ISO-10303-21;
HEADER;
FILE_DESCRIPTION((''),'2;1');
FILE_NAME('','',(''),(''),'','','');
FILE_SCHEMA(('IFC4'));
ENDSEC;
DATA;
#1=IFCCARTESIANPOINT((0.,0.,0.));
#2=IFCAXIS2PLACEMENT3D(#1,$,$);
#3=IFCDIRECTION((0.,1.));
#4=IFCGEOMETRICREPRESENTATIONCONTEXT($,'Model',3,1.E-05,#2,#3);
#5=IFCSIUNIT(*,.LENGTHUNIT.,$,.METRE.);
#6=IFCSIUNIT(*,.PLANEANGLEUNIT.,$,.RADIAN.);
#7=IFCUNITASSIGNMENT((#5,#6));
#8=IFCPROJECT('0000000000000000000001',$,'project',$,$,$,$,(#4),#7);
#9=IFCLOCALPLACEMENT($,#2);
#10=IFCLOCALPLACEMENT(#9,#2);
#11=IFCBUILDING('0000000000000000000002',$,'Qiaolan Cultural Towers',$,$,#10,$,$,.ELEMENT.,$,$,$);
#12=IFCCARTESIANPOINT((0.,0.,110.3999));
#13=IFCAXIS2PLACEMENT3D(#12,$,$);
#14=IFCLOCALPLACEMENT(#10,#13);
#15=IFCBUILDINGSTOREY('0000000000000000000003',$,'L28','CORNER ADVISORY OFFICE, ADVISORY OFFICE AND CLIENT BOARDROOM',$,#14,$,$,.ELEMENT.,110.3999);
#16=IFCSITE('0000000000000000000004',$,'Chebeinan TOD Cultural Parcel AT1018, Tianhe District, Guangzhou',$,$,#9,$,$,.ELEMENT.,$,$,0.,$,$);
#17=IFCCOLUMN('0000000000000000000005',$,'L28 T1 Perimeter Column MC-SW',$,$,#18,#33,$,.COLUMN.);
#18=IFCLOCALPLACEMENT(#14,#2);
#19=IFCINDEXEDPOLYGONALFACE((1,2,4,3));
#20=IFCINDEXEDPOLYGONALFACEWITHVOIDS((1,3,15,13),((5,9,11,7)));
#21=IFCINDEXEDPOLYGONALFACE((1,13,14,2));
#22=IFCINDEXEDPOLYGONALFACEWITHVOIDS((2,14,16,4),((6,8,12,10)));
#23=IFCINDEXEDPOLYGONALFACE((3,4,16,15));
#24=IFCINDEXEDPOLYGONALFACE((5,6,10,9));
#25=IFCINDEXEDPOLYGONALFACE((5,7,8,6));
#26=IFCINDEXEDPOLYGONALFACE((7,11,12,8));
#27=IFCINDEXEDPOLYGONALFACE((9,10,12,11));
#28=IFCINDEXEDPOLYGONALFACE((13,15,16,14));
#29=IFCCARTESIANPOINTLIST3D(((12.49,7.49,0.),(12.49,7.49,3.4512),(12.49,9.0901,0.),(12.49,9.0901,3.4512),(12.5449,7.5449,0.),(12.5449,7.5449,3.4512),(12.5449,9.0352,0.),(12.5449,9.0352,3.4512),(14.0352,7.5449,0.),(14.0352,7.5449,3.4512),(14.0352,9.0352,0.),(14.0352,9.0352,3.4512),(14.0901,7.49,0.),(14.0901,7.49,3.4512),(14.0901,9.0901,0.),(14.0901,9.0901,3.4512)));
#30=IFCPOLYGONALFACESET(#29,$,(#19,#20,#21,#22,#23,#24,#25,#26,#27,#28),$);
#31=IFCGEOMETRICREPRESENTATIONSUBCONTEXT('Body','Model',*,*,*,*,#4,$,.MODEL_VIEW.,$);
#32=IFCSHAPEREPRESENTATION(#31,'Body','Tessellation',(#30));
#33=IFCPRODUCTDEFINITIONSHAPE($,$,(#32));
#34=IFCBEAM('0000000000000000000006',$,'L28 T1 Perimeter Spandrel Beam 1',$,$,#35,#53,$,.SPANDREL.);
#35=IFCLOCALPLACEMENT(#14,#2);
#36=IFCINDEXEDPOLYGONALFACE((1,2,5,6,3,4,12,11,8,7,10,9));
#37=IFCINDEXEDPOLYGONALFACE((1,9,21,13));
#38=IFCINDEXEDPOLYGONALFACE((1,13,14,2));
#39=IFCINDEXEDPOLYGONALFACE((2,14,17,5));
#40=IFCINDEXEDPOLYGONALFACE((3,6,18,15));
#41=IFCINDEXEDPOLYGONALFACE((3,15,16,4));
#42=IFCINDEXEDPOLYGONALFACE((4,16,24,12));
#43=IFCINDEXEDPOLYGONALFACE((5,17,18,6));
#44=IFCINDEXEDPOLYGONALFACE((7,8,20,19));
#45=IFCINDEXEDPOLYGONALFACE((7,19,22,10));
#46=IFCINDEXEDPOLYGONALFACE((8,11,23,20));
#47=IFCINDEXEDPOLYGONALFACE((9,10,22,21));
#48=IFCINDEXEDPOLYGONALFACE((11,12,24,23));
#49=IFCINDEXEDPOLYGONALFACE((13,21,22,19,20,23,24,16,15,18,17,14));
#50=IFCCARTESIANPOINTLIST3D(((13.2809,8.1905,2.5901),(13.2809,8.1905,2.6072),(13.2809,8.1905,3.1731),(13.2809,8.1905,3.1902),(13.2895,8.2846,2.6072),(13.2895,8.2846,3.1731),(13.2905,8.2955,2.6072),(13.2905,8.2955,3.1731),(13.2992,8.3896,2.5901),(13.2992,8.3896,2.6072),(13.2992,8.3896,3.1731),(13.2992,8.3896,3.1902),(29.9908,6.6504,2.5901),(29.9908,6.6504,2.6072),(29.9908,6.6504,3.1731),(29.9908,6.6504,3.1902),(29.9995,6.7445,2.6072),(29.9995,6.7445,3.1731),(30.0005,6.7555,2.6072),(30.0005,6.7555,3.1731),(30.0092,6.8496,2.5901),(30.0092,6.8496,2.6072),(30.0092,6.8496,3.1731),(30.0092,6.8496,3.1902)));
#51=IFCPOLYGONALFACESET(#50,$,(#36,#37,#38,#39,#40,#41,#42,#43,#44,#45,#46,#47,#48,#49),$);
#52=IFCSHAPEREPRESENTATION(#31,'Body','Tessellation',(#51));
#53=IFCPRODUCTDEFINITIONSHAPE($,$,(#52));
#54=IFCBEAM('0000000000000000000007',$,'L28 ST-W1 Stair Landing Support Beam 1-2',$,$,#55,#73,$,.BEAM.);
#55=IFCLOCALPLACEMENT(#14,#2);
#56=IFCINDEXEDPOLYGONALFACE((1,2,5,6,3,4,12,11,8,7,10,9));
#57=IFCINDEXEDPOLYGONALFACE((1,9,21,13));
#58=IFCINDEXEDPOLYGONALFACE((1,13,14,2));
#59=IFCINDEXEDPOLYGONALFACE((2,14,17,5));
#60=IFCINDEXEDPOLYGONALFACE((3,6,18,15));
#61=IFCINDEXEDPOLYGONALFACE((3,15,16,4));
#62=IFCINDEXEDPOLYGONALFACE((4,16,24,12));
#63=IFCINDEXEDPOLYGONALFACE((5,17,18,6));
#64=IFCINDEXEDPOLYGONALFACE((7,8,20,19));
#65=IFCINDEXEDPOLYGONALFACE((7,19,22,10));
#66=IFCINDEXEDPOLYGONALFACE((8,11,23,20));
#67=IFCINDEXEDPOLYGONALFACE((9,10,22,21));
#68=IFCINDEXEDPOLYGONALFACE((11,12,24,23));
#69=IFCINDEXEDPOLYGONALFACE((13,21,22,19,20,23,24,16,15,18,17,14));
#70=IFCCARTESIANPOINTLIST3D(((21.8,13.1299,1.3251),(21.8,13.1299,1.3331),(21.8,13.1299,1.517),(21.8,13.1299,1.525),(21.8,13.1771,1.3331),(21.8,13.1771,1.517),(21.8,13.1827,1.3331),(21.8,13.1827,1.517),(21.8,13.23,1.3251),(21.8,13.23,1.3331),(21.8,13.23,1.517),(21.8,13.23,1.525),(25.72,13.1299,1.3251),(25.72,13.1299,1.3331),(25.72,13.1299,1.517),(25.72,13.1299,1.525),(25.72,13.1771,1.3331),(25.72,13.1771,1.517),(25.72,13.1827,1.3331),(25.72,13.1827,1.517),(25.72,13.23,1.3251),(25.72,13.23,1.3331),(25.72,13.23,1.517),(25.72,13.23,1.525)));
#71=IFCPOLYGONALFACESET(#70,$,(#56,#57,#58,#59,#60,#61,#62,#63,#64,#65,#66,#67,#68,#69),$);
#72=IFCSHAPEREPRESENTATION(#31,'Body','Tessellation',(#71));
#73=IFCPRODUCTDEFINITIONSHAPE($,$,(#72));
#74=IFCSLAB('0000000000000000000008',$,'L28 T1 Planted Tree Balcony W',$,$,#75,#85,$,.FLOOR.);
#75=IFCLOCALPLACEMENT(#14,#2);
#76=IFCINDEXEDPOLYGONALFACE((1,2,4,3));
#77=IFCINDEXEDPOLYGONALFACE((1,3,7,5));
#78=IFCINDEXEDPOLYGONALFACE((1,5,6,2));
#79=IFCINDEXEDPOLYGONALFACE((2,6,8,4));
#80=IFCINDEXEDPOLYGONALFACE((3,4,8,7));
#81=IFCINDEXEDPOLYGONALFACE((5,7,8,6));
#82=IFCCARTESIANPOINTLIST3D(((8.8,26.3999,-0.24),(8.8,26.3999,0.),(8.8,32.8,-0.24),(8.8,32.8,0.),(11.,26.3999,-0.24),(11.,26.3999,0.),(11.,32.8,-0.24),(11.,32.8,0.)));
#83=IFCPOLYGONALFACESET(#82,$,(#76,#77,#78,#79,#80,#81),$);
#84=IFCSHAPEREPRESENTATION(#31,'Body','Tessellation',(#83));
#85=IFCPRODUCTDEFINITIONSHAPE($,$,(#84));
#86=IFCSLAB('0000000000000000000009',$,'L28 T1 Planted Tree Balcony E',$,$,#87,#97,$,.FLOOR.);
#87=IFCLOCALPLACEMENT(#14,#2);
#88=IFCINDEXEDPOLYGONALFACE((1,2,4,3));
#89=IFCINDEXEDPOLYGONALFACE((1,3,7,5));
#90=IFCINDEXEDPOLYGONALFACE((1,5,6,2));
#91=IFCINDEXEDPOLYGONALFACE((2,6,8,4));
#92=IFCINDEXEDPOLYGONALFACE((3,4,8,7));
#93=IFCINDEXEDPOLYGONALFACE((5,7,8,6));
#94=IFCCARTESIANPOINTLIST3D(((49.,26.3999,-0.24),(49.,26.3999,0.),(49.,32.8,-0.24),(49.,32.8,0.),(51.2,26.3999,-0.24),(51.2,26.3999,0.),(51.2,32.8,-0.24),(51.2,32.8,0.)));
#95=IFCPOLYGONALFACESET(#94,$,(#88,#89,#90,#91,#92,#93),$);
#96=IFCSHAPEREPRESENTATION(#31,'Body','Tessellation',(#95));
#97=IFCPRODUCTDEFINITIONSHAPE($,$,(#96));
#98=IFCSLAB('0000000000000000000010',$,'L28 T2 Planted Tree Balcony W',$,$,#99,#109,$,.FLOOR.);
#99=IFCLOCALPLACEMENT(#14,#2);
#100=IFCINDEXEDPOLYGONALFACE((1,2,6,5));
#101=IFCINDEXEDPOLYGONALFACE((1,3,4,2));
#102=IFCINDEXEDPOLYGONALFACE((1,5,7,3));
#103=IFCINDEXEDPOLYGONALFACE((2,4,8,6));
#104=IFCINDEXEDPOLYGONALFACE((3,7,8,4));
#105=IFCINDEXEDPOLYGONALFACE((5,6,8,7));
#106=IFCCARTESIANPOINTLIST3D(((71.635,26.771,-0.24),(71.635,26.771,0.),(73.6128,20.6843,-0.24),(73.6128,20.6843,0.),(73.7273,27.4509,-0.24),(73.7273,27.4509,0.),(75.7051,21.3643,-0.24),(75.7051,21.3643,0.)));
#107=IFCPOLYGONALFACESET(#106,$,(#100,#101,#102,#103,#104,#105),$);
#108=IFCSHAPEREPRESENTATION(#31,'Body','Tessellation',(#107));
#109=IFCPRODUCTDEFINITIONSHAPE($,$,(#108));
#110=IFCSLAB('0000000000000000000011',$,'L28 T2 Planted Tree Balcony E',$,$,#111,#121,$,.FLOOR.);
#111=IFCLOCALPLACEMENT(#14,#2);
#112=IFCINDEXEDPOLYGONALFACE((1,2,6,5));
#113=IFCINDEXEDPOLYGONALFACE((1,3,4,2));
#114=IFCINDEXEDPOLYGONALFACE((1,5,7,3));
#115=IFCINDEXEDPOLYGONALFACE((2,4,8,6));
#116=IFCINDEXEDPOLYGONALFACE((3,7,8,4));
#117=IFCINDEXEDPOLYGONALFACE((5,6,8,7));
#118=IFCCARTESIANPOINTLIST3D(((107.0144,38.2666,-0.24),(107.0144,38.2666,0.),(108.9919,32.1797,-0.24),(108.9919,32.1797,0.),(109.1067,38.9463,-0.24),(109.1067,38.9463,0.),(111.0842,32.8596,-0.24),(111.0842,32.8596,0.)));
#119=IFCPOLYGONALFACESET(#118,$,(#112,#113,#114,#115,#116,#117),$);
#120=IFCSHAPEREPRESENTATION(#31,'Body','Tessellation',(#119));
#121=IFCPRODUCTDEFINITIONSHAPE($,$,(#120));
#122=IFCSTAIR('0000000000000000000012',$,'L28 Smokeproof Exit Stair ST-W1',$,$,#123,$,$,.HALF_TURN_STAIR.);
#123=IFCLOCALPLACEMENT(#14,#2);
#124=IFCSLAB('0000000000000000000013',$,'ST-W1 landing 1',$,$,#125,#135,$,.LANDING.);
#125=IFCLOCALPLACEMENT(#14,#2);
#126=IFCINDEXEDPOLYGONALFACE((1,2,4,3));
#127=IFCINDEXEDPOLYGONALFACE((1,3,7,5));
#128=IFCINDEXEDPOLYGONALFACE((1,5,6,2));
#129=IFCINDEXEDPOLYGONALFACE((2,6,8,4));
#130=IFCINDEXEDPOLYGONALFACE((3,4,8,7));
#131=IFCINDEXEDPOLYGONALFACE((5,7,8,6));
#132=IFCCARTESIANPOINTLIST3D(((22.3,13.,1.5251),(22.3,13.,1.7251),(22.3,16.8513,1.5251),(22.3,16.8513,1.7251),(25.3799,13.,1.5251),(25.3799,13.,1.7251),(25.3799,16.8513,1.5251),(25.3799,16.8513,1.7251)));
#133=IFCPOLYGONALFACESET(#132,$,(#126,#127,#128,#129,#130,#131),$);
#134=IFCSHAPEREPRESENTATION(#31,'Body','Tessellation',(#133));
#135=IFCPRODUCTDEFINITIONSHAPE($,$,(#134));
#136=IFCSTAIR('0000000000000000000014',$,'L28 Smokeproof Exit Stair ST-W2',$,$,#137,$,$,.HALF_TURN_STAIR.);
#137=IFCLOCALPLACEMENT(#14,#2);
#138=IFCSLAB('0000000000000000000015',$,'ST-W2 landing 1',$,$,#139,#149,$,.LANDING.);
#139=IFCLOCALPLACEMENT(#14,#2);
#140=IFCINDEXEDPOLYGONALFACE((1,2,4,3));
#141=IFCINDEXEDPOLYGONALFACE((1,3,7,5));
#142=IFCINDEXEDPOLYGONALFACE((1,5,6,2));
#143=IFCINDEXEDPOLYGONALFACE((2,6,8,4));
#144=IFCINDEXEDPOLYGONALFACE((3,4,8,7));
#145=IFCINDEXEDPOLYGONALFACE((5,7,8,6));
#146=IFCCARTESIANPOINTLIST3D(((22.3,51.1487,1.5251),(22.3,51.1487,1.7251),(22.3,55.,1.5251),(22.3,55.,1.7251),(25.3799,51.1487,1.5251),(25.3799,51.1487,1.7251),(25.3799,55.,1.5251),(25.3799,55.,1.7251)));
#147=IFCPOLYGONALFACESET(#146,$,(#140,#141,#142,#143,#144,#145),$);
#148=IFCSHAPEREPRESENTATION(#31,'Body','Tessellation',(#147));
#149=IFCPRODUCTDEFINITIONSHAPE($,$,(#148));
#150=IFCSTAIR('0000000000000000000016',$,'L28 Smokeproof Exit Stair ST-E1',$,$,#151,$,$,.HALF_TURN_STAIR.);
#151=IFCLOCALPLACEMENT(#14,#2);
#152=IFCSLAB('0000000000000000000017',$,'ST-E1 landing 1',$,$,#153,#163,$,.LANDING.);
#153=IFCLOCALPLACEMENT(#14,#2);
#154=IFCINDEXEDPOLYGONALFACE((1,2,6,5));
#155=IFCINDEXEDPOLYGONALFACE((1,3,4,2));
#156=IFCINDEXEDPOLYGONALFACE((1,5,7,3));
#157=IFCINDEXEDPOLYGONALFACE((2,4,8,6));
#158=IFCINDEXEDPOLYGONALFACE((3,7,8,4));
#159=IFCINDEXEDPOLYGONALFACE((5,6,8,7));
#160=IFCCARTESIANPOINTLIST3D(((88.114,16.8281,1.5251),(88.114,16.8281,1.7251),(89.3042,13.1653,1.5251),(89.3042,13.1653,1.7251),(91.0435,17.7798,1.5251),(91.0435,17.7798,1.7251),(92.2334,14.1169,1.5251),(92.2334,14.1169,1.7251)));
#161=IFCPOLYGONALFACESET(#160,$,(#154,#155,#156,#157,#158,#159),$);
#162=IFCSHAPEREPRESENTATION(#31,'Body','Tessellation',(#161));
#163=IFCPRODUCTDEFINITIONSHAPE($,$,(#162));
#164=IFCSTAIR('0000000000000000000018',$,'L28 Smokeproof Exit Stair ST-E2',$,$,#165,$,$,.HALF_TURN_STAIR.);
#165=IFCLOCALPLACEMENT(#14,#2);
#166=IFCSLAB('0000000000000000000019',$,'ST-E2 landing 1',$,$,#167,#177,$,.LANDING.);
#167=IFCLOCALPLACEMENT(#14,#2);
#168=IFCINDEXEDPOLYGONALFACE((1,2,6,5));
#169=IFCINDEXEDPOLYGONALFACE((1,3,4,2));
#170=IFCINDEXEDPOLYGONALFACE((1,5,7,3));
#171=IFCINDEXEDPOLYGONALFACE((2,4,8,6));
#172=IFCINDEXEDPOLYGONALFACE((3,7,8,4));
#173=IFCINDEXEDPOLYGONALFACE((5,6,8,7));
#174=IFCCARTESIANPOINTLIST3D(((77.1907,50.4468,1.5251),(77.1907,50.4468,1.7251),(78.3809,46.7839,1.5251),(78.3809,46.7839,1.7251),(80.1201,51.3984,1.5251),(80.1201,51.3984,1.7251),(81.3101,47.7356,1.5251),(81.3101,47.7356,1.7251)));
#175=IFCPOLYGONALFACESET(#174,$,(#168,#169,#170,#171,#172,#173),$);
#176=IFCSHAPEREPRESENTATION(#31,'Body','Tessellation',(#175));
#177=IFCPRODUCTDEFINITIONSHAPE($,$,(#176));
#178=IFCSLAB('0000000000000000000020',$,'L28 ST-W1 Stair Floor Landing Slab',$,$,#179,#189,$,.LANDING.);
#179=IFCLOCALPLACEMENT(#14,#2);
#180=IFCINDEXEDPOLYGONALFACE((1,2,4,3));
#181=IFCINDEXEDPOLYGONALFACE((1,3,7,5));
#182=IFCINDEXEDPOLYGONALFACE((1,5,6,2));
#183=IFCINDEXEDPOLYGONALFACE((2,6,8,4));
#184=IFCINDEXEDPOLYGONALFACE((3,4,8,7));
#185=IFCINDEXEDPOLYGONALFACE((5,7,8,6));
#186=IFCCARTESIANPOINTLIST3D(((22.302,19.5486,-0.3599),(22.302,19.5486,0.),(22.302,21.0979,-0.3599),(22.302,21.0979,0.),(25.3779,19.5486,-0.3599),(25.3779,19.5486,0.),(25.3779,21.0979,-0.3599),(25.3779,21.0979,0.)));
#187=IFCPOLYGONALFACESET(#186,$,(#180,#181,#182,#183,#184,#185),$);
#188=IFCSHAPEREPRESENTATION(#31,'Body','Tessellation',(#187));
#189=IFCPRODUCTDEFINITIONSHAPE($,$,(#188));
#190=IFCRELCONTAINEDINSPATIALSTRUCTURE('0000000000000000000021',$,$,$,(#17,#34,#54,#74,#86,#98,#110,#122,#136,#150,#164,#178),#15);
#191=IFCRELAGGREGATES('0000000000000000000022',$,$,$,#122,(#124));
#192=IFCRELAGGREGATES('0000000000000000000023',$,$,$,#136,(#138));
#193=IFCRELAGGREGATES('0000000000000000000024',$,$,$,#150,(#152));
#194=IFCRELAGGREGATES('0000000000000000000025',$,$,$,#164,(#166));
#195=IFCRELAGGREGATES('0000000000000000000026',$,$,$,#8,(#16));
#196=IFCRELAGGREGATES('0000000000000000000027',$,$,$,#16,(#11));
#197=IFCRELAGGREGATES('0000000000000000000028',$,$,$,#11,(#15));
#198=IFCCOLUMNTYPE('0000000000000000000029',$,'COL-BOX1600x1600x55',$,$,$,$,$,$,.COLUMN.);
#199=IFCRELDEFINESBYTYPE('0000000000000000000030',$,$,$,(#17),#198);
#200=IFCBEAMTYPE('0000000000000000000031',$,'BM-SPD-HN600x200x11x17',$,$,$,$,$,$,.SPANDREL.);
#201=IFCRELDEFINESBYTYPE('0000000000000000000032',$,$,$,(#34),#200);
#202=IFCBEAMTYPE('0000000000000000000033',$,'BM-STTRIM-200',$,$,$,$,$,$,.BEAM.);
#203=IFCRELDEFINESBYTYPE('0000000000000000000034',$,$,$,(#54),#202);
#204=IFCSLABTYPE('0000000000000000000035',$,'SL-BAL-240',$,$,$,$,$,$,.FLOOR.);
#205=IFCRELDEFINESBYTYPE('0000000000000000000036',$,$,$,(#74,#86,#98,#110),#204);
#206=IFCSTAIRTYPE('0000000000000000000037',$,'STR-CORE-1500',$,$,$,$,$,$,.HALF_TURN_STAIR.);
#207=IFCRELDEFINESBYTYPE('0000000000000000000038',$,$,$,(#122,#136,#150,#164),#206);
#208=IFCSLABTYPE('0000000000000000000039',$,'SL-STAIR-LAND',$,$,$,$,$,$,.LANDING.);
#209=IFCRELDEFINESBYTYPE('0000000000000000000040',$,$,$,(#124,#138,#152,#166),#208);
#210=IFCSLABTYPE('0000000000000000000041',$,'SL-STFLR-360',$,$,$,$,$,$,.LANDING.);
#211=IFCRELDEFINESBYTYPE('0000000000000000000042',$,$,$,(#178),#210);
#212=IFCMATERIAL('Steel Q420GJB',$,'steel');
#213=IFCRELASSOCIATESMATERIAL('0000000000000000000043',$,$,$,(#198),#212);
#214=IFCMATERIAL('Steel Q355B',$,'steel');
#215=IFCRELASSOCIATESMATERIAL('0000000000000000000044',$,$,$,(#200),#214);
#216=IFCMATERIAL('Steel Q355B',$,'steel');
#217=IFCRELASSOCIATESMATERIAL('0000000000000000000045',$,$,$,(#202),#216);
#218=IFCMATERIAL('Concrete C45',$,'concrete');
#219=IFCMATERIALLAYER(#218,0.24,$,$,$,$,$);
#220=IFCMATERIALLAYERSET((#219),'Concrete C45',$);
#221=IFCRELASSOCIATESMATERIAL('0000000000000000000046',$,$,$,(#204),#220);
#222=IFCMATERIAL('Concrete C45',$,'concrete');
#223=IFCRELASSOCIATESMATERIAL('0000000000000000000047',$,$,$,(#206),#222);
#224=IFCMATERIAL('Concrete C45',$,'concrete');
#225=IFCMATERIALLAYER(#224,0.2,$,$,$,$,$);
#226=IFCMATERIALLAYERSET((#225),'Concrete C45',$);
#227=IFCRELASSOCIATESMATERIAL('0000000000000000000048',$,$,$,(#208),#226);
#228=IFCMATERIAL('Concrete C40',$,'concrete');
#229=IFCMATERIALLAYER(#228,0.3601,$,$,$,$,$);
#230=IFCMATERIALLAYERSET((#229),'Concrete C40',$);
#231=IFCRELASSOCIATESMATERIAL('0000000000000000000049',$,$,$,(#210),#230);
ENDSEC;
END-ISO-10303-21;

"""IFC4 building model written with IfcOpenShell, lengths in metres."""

from ifc_helpers import new_model, si_unit, direction, frame, origin, origin_2d, place, context, subcontext, project, spatial, polyline, hollow_rectangle, i_section, outline, extrude, material, layer, layer_set, material_profile, profile_set, type_object, element, aggregate, save


model = new_model("IFC4")

# Units and contexts
model_context = context("Model", 3, precision=1e-05, world=origin(), true_north=direction((0.0, 1.0)))
body_context = subcontext(model_context, "Body", "Model", "MODEL_VIEW")
ifc_project = project(units=[si_unit("LENGTHUNIT", "METRE"), si_unit("PLANEANGLEUNIT", "RADIAN")], contexts=[model_context])

# Site, building, storey
site_placement = place(None, origin())
site = spatial("IfcSite", under=ifc_project, at=site_placement, Name="Chebeinan TOD Cultural Parcel AT1018, Tianhe District, Guangzhou", CompositionType="ELEMENT", RefElevation=0.0)
building_placement = place(site_placement, origin())
building = spatial("IfcBuilding", under=site, at=building_placement, Name="Qiaolan Cultural Towers", CompositionType="ELEMENT")
storey_placement = place(building_placement, frame((0.0, 0.0, 110.3999)))
storey = spatial("IfcBuildingStorey", under=building, at=storey_placement, Name="L28", Description="CORNER ADVISORY OFFICE, ADVISORY OFFICE AND CLIENT BOARDROOM", CompositionType="ELEMENT", Elevation=110.3999)

# Column
ifc_material_1 = material(Name="Steel Q420GJB", Category="steel")
ifc_material_profile_1 = material_profile(ifc_material_1, hollow_rectangle(XDim=1.6001, YDim=1.6001, WallThickness=0.0549, at=origin_2d()), Name="BOX1600x1600x55")
ifc_profile_set_1 = profile_set([ifc_material_profile_1], Name="Steel Q420GJB")
column_type = type_object("IfcColumnType", Name="COL-BOX1600x1600x55", PredefinedType="COLUMN", material=ifc_profile_set_1)
column_placement = place(storey_placement, frame((13.29, 8.29, 0.0), z_axis=(0.0, 0.0, 1.0), x_axis=(1.0, 0.0, 0.0)))
element("IfcColumn", 1, at=column_placement, inside=storey, type_object=column_type, Name="L28 T1 Perimeter Column MC-SW", PredefinedType="COLUMN", context=body_context, shape_type="SweptSolid", body=[
    extrude(hollow_rectangle(XDim=1.6001, YDim=1.6001, WallThickness=0.0549, at=origin_2d()), origin(), (0.0, 0.0, 1.0), 3.4512),
])

# Beams
ifc_material_2 = material(Name="Steel Q355B", Category="steel")
ifc_material_profile_2 = material_profile(ifc_material_2, i_section(OverallWidth=0.2, OverallDepth=0.6001, WebThickness=0.011, FlangeThickness=0.0171, at=origin_2d()), Name="HN600x200x11x17")
ifc_profile_set_2 = profile_set([ifc_material_profile_2], Name="Steel Q355B")
beam_type_1 = type_object("IfcBeamType", Name="BM-SPD-HN600x200x11x17", PredefinedType="SPANDREL", material=ifc_profile_set_2)
beam_1_placement = place(storey_placement, frame((13.29, 8.29, 2.8901), z_axis=(0.99578, -0.091774, 0.0), x_axis=(0.091774, 0.99578, 0.0)))
element("IfcBeam", 2, at=beam_1_placement, inside=storey, type_object=beam_type_1, Name="L28 T1 Perimeter Spandrel Beam 1", PredefinedType="SPANDREL", context=body_context, shape_type="SweptSolid", body=[
    extrude(i_section(OverallWidth=0.2, OverallDepth=0.6001, WebThickness=0.011, FlangeThickness=0.0171, at=origin_2d()), origin(), (0.0, 0.0, 1.0), 16.7808),
])
ifc_material_3 = material(Name="Steel Q355B", Category="steel")
ifc_material_profile_3 = material_profile(ifc_material_3, i_section(OverallWidth=0.1001, OverallDepth=0.2, WebThickness=0.0056, FlangeThickness=0.0081, at=origin_2d()), Name="HN200x100x5.5x8")
ifc_profile_set_3 = profile_set([ifc_material_profile_3], Name="Steel Q355B")
beam_type_2 = type_object("IfcBeamType", Name="BM-STTRIM-200", PredefinedType="BEAM", material=ifc_profile_set_3)
beam_2_placement = place(storey_placement, frame((21.8, 13.1799, 1.425), z_axis=(1.0, 0.0, 0.0), x_axis=(0.0, 1.0, 0.0)))
element("IfcBeam", 3, at=beam_2_placement, inside=storey, type_object=beam_type_2, Name="L28 ST-W1 Stair Landing Support Beam 1-2", PredefinedType="BEAM", context=body_context, shape_type="SweptSolid", body=[
    extrude(i_section(OverallWidth=0.1001, OverallDepth=0.2, WebThickness=0.0056, FlangeThickness=0.0081, at=origin_2d()), origin(), (0.0, 0.0, 1.0), 3.9199),
])

# Slabs
ifc_material_4 = material(Name="Concrete C45", Category="concrete")
ifc_layer_1 = layer(ifc_material_4, 0.24)
ifc_layer_set_1 = layer_set([ifc_layer_1], Name="Concrete C45")
slab_type_1 = type_object("IfcSlabType", Name="SL-BAL-240", PredefinedType="FLOOR", material=ifc_layer_set_1)
slab_1_placement = place(storey_placement, frame((0.0, 0.0, -0.24)))
element("IfcSlab", 4, at=slab_1_placement, inside=storey, type_object=slab_type_1, Name="L28 T1 Planted Tree Balcony W", PredefinedType="FLOOR", context=body_context, shape_type="SweptSolid", body=[
    extrude(outline(polyline([(8.8, 26.3999), (11.0, 26.3999), (11.0, 32.8), (8.8, 32.8), (8.8, 26.3999)])), origin(), (0.0, 0.0, 1.0), 0.24),
])
slab_2_placement = place(storey_placement, frame((0.0, 0.0, -0.24)))
element("IfcSlab", 5, at=slab_2_placement, inside=storey, type_object=slab_type_1, Name="L28 T1 Planted Tree Balcony E", PredefinedType="FLOOR", context=body_context, shape_type="SweptSolid", body=[
    extrude(outline(polyline([(49.0, 26.3999), (51.2, 26.3999), (51.2, 32.8), (49.0, 32.8), (49.0, 26.3999)])), origin(), (0.0, 0.0, 1.0), 0.24),
])
slab_3_placement = place(storey_placement, frame((0.0, 0.0, -0.24)))
element("IfcSlab", 6, at=slab_3_placement, inside=storey, type_object=slab_type_1, Name="L28 T2 Planted Tree Balcony W", PredefinedType="FLOOR", context=body_context, shape_type="SweptSolid", body=[
    extrude(outline(polyline([(73.6128, 20.6843), (75.7051, 21.3643), (73.7273, 27.4509), (71.635, 26.771), (73.6128, 20.6843)])), origin(), (0.0, 0.0, 1.0), 0.24),
])
slab_4_placement = place(storey_placement, frame((0.0, 0.0, -0.24)))
element("IfcSlab", 7, at=slab_4_placement, inside=storey, type_object=slab_type_1, Name="L28 T2 Planted Tree Balcony E", PredefinedType="FLOOR", context=body_context, shape_type="SweptSolid", body=[
    extrude(outline(polyline([(108.9919, 32.1797), (111.0842, 32.8596), (109.1067, 38.9463), (107.0144, 38.2666), (108.9919, 32.1797)])), origin(), (0.0, 0.0, 1.0), 0.24),
])

# Stairs, slabs
ifc_material_5 = material(Name="Concrete C45", Category="concrete")
stair_type = type_object("IfcStairType", Name="STR-CORE-1500", PredefinedType="HALF_TURN_STAIR", material=ifc_material_5)
stair_1_placement = place(storey_placement, origin())
stair_1 = element("IfcStair", 8, at=stair_1_placement, inside=storey, type_object=stair_type, Name="L28 Smokeproof Exit Stair ST-W1", PredefinedType="HALF_TURN_STAIR")
ifc_material_6 = material(Name="Concrete C45", Category="concrete")
ifc_layer_2 = layer(ifc_material_6, 0.2)
ifc_layer_set_2 = layer_set([ifc_layer_2], Name="Concrete C45")
slab_type_2 = type_object("IfcSlabType", Name="SL-STAIR-LAND", PredefinedType="LANDING", material=ifc_layer_set_2)
slab_5_placement = place(storey_placement, frame((0.0, 0.0, 1.5251)))
slab_5 = element("IfcSlab", 9, at=slab_5_placement, type_object=slab_type_2, Name="ST-W1 landing 1", PredefinedType="LANDING", context=body_context, shape_type="SweptSolid", body=[
    extrude(outline(polyline([(22.3, 16.8513), (22.3, 13.0), (25.3799, 13.0), (25.3799, 16.8513), (22.3, 16.8513)])), origin(), (0.0, 0.0, 1.0), 0.2),
])
aggregate(stair_1, [slab_5])
stair_2_placement = place(storey_placement, origin())
stair_2 = element("IfcStair", 10, at=stair_2_placement, inside=storey, type_object=stair_type, Name="L28 Smokeproof Exit Stair ST-W2", PredefinedType="HALF_TURN_STAIR")
slab_6_placement = place(storey_placement, frame((0.0, 0.0, 1.5251)))
slab_6 = element("IfcSlab", 11, at=slab_6_placement, type_object=slab_type_2, Name="ST-W2 landing 1", PredefinedType="LANDING", context=body_context, shape_type="SweptSolid", body=[
    extrude(outline(polyline([(25.3799, 51.1487), (25.3799, 55.0), (22.3, 55.0), (22.3, 51.1487), (25.3799, 51.1487)])), origin(), (0.0, 0.0, 1.0), 0.2),
])
aggregate(stair_2, [slab_6])
stair_3_placement = place(storey_placement, origin())
stair_3 = element("IfcStair", 12, at=stair_3_placement, inside=storey, type_object=stair_type, Name="L28 Smokeproof Exit Stair ST-E1", PredefinedType="HALF_TURN_STAIR")
slab_7_placement = place(storey_placement, frame((0.0, 0.0, 1.5251)))
slab_7 = element("IfcSlab", 13, at=slab_7_placement, type_object=slab_type_2, Name="ST-E1 landing 1", PredefinedType="LANDING", context=body_context, shape_type="SweptSolid", body=[
    extrude(outline(polyline([(88.114, 16.8281), (89.3042, 13.1653), (92.2334, 14.1169), (91.0435, 17.7798), (88.114, 16.8281)])), origin(), (0.0, 0.0, 1.0), 0.2),
])
aggregate(stair_3, [slab_7])
stair_4_placement = place(storey_placement, origin())
stair_4 = element("IfcStair", 14, at=stair_4_placement, inside=storey, type_object=stair_type, Name="L28 Smokeproof Exit Stair ST-E2", PredefinedType="HALF_TURN_STAIR")
slab_8_placement = place(storey_placement, frame((0.0, 0.0, 1.5251)))
slab_8 = element("IfcSlab", 15, at=slab_8_placement, type_object=slab_type_2, Name="ST-E2 landing 1", PredefinedType="LANDING", context=body_context, shape_type="SweptSolid", body=[
    extrude(outline(polyline([(81.3101, 47.7356), (80.1201, 51.3984), (77.1907, 50.4468), (78.3809, 46.7839), (81.3101, 47.7356)])), origin(), (0.0, 0.0, 1.0), 0.2),
])
aggregate(stair_4, [slab_8])

# Slab
ifc_material_7 = material(Name="Concrete C40", Category="concrete")
ifc_layer_3 = layer(ifc_material_7, 0.3601)
ifc_layer_set_3 = layer_set([ifc_layer_3], Name="Concrete C40")
slab_type_3 = type_object("IfcSlabType", Name="SL-STFLR-360", PredefinedType="LANDING", material=ifc_layer_set_3)
slab_9_placement = place(storey_placement, frame((0.0, 0.0, -0.3599)))
element("IfcSlab", 16, at=slab_9_placement, inside=storey, type_object=slab_type_3, Name="L28 ST-W1 Stair Floor Landing Slab", PredefinedType="LANDING", context=body_context, shape_type="SweptSolid", body=[
    extrude(outline(polyline([(22.302, 21.0979), (22.302, 19.5486), (25.3779, 19.5486), (25.3779, 21.0979), (22.302, 21.0979)])), origin(), (0.0, 0.0, 1.0), 0.3599),
])

save(model, "model.ifc")
